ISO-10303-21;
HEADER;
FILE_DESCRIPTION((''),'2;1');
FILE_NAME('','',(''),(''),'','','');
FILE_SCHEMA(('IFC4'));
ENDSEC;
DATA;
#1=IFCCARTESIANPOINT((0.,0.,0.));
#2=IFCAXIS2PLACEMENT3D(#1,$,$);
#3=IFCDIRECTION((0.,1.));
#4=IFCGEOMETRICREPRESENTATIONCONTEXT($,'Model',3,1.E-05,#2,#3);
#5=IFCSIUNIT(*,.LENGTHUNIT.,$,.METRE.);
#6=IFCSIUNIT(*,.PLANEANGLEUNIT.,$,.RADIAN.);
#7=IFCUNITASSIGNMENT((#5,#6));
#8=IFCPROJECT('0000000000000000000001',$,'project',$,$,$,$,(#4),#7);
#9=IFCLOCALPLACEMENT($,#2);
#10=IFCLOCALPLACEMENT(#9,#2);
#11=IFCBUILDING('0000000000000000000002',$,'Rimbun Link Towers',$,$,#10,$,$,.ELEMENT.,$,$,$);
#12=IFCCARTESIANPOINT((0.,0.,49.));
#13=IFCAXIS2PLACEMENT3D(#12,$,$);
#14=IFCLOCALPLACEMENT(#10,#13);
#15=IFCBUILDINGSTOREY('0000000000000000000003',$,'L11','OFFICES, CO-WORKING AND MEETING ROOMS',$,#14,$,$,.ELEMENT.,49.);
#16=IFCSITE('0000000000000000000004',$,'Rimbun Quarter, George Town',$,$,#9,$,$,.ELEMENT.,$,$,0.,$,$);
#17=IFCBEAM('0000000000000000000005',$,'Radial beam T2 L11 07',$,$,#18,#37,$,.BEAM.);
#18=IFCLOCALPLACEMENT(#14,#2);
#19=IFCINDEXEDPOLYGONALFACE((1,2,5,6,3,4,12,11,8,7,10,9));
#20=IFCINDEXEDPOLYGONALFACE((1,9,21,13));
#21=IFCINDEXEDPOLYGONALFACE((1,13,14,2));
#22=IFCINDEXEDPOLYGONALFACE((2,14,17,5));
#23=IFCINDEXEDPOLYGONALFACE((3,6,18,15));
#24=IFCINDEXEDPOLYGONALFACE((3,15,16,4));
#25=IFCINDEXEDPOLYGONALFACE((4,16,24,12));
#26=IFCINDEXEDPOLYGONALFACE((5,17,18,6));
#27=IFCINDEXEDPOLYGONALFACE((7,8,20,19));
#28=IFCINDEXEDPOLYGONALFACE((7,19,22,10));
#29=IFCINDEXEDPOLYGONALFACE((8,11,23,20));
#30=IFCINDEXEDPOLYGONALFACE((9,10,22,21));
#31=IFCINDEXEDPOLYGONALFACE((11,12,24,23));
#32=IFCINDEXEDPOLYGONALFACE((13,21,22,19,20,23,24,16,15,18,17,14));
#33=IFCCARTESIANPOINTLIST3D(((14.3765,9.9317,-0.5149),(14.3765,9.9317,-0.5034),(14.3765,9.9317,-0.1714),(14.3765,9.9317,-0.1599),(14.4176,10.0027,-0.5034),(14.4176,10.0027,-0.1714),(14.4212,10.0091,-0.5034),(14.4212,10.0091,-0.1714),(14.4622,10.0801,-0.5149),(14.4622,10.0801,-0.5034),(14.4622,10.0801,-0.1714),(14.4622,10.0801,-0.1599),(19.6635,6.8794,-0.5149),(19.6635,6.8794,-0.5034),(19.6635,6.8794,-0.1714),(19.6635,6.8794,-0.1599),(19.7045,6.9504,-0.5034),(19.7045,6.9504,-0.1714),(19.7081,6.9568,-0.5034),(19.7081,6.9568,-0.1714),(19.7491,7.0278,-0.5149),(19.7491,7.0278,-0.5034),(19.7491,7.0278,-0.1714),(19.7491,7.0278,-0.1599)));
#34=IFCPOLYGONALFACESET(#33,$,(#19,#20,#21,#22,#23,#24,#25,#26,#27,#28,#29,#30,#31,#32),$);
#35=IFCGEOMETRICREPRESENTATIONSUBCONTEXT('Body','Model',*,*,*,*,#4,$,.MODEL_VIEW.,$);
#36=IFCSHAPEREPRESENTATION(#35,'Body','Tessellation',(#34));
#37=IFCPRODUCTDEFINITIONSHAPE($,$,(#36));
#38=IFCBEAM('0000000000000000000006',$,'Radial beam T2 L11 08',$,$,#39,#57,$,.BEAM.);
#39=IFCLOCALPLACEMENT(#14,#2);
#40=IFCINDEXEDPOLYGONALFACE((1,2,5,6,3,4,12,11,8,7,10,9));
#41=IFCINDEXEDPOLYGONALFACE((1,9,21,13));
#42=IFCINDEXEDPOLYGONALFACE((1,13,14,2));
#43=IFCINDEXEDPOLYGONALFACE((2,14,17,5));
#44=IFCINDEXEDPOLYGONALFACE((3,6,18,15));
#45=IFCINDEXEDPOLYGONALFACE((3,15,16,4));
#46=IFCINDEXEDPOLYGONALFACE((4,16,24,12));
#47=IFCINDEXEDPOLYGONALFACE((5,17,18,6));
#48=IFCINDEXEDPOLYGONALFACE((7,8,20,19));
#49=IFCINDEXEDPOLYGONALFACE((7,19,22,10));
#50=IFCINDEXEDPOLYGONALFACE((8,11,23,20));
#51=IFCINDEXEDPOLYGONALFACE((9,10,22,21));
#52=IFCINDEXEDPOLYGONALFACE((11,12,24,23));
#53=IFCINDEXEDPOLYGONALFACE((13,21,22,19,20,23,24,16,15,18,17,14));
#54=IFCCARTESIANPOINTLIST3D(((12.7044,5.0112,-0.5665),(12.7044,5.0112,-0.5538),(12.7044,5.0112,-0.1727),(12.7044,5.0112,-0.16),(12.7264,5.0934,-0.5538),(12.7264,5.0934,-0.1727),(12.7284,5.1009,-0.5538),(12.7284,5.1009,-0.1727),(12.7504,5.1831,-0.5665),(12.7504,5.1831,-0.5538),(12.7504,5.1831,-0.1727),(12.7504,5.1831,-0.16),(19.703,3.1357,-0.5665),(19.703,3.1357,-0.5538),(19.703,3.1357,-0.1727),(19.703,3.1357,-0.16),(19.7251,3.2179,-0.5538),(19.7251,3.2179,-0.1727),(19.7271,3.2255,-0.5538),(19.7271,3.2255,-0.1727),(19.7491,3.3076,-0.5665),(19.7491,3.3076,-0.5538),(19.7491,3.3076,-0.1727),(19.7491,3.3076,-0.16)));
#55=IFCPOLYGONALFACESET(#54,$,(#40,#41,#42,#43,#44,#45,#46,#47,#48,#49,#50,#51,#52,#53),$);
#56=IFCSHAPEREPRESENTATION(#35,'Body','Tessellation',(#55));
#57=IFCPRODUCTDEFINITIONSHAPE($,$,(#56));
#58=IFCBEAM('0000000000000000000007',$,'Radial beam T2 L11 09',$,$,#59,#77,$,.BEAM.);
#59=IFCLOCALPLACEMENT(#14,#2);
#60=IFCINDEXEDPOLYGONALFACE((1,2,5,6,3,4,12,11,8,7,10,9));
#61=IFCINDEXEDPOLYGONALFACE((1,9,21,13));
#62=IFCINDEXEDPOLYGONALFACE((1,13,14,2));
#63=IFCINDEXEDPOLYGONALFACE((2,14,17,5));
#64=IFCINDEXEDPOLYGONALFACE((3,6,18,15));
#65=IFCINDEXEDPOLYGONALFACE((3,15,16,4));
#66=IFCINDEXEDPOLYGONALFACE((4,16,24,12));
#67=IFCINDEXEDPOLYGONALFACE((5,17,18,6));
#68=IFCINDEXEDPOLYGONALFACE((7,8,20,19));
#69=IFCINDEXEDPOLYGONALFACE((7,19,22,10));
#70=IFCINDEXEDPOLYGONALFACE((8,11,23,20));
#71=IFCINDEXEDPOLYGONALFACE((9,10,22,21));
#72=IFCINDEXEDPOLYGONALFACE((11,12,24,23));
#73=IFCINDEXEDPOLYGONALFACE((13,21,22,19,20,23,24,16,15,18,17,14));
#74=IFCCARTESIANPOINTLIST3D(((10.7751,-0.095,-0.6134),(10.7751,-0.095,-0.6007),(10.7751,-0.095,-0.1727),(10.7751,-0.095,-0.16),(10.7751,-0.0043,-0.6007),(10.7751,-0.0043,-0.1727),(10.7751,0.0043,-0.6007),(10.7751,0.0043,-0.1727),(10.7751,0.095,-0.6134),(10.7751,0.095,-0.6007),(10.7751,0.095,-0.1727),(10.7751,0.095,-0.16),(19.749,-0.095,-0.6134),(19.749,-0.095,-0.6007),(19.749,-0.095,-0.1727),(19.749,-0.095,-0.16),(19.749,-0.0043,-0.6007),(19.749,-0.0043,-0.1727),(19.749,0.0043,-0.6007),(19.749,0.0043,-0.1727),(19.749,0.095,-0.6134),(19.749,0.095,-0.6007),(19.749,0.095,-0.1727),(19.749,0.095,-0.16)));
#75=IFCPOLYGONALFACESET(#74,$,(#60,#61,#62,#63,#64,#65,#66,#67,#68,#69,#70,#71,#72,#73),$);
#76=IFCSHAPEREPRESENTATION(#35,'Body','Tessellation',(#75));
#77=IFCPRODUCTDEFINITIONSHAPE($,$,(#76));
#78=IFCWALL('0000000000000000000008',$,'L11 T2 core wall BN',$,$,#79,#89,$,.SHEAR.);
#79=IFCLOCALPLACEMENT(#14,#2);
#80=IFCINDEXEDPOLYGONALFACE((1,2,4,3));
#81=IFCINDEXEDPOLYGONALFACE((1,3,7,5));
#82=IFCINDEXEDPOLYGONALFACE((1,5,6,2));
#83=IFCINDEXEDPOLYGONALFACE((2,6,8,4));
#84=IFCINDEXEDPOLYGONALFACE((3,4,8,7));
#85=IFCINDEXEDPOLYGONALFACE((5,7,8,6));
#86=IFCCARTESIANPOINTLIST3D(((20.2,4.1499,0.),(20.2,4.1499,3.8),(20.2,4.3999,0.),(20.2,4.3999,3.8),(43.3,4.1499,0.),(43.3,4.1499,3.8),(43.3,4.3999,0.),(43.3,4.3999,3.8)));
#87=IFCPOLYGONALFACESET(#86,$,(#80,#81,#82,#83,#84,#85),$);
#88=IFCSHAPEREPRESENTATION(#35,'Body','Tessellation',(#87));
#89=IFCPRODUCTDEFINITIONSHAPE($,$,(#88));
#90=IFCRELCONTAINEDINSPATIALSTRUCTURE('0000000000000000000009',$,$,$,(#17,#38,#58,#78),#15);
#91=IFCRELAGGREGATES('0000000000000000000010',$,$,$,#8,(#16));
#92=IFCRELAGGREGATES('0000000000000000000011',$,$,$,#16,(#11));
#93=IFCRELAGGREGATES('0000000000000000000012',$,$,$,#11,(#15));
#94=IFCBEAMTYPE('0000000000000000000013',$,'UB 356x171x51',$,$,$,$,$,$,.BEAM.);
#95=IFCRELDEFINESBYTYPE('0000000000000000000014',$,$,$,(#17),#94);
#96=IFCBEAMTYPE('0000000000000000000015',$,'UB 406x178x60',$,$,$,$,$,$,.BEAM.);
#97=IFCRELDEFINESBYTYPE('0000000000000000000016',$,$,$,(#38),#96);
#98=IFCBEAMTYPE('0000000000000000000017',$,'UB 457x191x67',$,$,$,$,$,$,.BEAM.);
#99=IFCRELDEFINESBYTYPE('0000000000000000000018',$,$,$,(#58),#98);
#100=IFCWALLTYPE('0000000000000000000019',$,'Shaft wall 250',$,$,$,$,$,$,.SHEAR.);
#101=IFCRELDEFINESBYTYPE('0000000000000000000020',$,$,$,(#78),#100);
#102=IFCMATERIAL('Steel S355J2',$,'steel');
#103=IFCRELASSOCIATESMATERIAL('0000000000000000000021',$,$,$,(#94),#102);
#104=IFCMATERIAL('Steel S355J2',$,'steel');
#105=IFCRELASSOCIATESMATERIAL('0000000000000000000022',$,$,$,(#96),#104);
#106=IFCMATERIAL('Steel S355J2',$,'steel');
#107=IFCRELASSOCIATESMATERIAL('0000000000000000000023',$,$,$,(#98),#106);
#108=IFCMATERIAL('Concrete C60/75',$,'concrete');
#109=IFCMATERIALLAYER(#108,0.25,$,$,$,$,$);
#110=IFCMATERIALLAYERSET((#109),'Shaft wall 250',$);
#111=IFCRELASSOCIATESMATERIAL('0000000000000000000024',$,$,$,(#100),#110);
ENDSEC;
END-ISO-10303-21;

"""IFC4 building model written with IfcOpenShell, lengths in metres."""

from ifc_helpers import new_model, si_unit, direction, frame, frame_2d, origin, origin_2d, place, context, subcontext, project, spatial, rectangle, i_section, extrude, material, layer, layer_set, material_profile, profile_set, type_object, element, save


model = new_model("IFC4")

# Units and contexts
model_context = context("Model", 3, precision=1e-05, world=origin(), true_north=direction((0.0, 1.0)))
body_context = subcontext(model_context, "Body", "Model", "MODEL_VIEW")
ifc_project = project(units=[si_unit("LENGTHUNIT", "METRE"), si_unit("PLANEANGLEUNIT", "RADIAN")], contexts=[model_context])

# Site, building, storey
site_placement = place(None, origin())
site = spatial("IfcSite", under=ifc_project, at=site_placement, Name="Rimbun Quarter, George Town", CompositionType="ELEMENT", RefElevation=0.0)
building_placement = place(site_placement, origin())
building = spatial("IfcBuilding", under=site, at=building_placement, Name="Rimbun Link Towers", CompositionType="ELEMENT")
storey_placement = place(building_placement, frame((0.0, 0.0, 49.0)))
storey = spatial("IfcBuildingStorey", under=building, at=storey_placement, Name="L11", Description="OFFICES, CO-WORKING AND MEETING ROOMS", CompositionType="ELEMENT", Elevation=49.0)

# Beams
ifc_material_1 = material(Name="Steel S355J2", Category="steel")
ifc_material_profile_1 = material_profile(ifc_material_1, i_section(OverallWidth=0.1714, OverallDepth=0.355, WebThickness=0.0073, FlangeThickness=0.0115, at=origin_2d()), Name="UB 356x171x51")
ifc_profile_set_1 = profile_set([ifc_material_profile_1], Name="Steel S355J2")
beam_type_1 = type_object("IfcBeamType", Name="UB 356x171x51", PredefinedType="BEAM", material=ifc_profile_set_1)
beam_1_placement = place(storey_placement, frame((19.7063, 6.9536, -0.3374), z_axis=(-0.866034, 0.499984, 0.0), x_axis=(-0.499984, -0.866034, 0.0)))
element("IfcBeam", 1, at=beam_1_placement, inside=storey, type_object=beam_type_1, Name="Radial beam T2 L11 07", PredefinedType="BEAM", context=body_context, shape_type="SweptSolid", body=[
    extrude(i_section(OverallWidth=0.1714, OverallDepth=0.355, WebThickness=0.0073, FlangeThickness=0.0115, at=origin_2d()), origin(), (0.0, 0.0, 1.0), 6.1047),
])
ifc_material_2 = material(Name="Steel S355J2", Category="steel")
ifc_material_profile_2 = material_profile(ifc_material_2, i_section(OverallWidth=0.178, OverallDepth=0.4065, WebThickness=0.0078, FlangeThickness=0.0127, at=origin_2d()), Name="UB 406x178x60")
ifc_profile_set_2 = profile_set([ifc_material_profile_2], Name="Steel S355J2")
beam_type_2 = type_object("IfcBeamType", Name="UB 406x178x60", PredefinedType="BEAM", material=ifc_profile_set_2)
beam_2_placement = place(storey_placement, frame((19.7261, 3.2217, -0.3633), z_axis=(-0.96592, 0.258841, 0.0), x_axis=(-0.258841, -0.96592, 0.0)))
element("IfcBeam", 2, at=beam_2_placement, inside=storey, type_object=beam_type_2, Name="Radial beam T2 L11 08", PredefinedType="BEAM", context=body_context, shape_type="SweptSolid", body=[
    extrude(i_section(OverallWidth=0.178, OverallDepth=0.4065, WebThickness=0.0078, FlangeThickness=0.0127, at=origin_2d()), origin(), (0.0, 0.0, 1.0), 7.2456),
])
ifc_material_3 = material(Name="Steel S355J2", Category="steel")
ifc_material_profile_3 = material_profile(ifc_material_3, i_section(OverallWidth=0.1899, OverallDepth=0.4534, WebThickness=0.0085, FlangeThickness=0.0127, at=origin_2d()), Name="UB 457x191x67")
ifc_profile_set_3 = profile_set([ifc_material_profile_3], Name="Steel S355J2")
beam_type_3 = type_object("IfcBeamType", Name="UB 457x191x67", PredefinedType="BEAM", material=ifc_profile_set_3)
beam_3_placement = place(storey_placement, frame((19.749, 0.0, -0.3867), z_axis=(-1.0, 0.0, 0.0), x_axis=(0.0, -1.0, 0.0)))
element("IfcBeam", 3, at=beam_3_placement, inside=storey, type_object=beam_type_3, Name="Radial beam T2 L11 09", PredefinedType="BEAM", context=body_context, shape_type="SweptSolid", body=[
    extrude(i_section(OverallWidth=0.1899, OverallDepth=0.4534, WebThickness=0.0085, FlangeThickness=0.0127, at=origin_2d()), origin(), (0.0, 0.0, 1.0), 8.9739),
])

# Wall
ifc_material_4 = material(Name="Concrete C60/75", Category="concrete")
ifc_layer = layer(ifc_material_4, 0.25)
ifc_layer_set = layer_set([ifc_layer], Name="Shaft wall 250")
wall_type = type_object("IfcWallType", Name="Shaft wall 250", PredefinedType="SHEAR", material=ifc_layer_set)
wall_1_placement = place(storey_placement, frame((20.2, 4.2749, 0.0), z_axis=(0.0, 0.0, 1.0), x_axis=(1.0, 0.0, 0.0)))
element("IfcWall", 4, at=wall_1_placement, inside=storey, type_object=wall_type, Name="L11 T2 core wall BN", PredefinedType="SHEAR", context=body_context, shape_type="SweptSolid", body=[
    extrude(rectangle(XDim=23.1001, YDim=0.25, at=frame_2d((11.55, 0.0))), origin(), (0.0, 0.0, 1.0), 3.8),
])

save(model, "model.ifc")
